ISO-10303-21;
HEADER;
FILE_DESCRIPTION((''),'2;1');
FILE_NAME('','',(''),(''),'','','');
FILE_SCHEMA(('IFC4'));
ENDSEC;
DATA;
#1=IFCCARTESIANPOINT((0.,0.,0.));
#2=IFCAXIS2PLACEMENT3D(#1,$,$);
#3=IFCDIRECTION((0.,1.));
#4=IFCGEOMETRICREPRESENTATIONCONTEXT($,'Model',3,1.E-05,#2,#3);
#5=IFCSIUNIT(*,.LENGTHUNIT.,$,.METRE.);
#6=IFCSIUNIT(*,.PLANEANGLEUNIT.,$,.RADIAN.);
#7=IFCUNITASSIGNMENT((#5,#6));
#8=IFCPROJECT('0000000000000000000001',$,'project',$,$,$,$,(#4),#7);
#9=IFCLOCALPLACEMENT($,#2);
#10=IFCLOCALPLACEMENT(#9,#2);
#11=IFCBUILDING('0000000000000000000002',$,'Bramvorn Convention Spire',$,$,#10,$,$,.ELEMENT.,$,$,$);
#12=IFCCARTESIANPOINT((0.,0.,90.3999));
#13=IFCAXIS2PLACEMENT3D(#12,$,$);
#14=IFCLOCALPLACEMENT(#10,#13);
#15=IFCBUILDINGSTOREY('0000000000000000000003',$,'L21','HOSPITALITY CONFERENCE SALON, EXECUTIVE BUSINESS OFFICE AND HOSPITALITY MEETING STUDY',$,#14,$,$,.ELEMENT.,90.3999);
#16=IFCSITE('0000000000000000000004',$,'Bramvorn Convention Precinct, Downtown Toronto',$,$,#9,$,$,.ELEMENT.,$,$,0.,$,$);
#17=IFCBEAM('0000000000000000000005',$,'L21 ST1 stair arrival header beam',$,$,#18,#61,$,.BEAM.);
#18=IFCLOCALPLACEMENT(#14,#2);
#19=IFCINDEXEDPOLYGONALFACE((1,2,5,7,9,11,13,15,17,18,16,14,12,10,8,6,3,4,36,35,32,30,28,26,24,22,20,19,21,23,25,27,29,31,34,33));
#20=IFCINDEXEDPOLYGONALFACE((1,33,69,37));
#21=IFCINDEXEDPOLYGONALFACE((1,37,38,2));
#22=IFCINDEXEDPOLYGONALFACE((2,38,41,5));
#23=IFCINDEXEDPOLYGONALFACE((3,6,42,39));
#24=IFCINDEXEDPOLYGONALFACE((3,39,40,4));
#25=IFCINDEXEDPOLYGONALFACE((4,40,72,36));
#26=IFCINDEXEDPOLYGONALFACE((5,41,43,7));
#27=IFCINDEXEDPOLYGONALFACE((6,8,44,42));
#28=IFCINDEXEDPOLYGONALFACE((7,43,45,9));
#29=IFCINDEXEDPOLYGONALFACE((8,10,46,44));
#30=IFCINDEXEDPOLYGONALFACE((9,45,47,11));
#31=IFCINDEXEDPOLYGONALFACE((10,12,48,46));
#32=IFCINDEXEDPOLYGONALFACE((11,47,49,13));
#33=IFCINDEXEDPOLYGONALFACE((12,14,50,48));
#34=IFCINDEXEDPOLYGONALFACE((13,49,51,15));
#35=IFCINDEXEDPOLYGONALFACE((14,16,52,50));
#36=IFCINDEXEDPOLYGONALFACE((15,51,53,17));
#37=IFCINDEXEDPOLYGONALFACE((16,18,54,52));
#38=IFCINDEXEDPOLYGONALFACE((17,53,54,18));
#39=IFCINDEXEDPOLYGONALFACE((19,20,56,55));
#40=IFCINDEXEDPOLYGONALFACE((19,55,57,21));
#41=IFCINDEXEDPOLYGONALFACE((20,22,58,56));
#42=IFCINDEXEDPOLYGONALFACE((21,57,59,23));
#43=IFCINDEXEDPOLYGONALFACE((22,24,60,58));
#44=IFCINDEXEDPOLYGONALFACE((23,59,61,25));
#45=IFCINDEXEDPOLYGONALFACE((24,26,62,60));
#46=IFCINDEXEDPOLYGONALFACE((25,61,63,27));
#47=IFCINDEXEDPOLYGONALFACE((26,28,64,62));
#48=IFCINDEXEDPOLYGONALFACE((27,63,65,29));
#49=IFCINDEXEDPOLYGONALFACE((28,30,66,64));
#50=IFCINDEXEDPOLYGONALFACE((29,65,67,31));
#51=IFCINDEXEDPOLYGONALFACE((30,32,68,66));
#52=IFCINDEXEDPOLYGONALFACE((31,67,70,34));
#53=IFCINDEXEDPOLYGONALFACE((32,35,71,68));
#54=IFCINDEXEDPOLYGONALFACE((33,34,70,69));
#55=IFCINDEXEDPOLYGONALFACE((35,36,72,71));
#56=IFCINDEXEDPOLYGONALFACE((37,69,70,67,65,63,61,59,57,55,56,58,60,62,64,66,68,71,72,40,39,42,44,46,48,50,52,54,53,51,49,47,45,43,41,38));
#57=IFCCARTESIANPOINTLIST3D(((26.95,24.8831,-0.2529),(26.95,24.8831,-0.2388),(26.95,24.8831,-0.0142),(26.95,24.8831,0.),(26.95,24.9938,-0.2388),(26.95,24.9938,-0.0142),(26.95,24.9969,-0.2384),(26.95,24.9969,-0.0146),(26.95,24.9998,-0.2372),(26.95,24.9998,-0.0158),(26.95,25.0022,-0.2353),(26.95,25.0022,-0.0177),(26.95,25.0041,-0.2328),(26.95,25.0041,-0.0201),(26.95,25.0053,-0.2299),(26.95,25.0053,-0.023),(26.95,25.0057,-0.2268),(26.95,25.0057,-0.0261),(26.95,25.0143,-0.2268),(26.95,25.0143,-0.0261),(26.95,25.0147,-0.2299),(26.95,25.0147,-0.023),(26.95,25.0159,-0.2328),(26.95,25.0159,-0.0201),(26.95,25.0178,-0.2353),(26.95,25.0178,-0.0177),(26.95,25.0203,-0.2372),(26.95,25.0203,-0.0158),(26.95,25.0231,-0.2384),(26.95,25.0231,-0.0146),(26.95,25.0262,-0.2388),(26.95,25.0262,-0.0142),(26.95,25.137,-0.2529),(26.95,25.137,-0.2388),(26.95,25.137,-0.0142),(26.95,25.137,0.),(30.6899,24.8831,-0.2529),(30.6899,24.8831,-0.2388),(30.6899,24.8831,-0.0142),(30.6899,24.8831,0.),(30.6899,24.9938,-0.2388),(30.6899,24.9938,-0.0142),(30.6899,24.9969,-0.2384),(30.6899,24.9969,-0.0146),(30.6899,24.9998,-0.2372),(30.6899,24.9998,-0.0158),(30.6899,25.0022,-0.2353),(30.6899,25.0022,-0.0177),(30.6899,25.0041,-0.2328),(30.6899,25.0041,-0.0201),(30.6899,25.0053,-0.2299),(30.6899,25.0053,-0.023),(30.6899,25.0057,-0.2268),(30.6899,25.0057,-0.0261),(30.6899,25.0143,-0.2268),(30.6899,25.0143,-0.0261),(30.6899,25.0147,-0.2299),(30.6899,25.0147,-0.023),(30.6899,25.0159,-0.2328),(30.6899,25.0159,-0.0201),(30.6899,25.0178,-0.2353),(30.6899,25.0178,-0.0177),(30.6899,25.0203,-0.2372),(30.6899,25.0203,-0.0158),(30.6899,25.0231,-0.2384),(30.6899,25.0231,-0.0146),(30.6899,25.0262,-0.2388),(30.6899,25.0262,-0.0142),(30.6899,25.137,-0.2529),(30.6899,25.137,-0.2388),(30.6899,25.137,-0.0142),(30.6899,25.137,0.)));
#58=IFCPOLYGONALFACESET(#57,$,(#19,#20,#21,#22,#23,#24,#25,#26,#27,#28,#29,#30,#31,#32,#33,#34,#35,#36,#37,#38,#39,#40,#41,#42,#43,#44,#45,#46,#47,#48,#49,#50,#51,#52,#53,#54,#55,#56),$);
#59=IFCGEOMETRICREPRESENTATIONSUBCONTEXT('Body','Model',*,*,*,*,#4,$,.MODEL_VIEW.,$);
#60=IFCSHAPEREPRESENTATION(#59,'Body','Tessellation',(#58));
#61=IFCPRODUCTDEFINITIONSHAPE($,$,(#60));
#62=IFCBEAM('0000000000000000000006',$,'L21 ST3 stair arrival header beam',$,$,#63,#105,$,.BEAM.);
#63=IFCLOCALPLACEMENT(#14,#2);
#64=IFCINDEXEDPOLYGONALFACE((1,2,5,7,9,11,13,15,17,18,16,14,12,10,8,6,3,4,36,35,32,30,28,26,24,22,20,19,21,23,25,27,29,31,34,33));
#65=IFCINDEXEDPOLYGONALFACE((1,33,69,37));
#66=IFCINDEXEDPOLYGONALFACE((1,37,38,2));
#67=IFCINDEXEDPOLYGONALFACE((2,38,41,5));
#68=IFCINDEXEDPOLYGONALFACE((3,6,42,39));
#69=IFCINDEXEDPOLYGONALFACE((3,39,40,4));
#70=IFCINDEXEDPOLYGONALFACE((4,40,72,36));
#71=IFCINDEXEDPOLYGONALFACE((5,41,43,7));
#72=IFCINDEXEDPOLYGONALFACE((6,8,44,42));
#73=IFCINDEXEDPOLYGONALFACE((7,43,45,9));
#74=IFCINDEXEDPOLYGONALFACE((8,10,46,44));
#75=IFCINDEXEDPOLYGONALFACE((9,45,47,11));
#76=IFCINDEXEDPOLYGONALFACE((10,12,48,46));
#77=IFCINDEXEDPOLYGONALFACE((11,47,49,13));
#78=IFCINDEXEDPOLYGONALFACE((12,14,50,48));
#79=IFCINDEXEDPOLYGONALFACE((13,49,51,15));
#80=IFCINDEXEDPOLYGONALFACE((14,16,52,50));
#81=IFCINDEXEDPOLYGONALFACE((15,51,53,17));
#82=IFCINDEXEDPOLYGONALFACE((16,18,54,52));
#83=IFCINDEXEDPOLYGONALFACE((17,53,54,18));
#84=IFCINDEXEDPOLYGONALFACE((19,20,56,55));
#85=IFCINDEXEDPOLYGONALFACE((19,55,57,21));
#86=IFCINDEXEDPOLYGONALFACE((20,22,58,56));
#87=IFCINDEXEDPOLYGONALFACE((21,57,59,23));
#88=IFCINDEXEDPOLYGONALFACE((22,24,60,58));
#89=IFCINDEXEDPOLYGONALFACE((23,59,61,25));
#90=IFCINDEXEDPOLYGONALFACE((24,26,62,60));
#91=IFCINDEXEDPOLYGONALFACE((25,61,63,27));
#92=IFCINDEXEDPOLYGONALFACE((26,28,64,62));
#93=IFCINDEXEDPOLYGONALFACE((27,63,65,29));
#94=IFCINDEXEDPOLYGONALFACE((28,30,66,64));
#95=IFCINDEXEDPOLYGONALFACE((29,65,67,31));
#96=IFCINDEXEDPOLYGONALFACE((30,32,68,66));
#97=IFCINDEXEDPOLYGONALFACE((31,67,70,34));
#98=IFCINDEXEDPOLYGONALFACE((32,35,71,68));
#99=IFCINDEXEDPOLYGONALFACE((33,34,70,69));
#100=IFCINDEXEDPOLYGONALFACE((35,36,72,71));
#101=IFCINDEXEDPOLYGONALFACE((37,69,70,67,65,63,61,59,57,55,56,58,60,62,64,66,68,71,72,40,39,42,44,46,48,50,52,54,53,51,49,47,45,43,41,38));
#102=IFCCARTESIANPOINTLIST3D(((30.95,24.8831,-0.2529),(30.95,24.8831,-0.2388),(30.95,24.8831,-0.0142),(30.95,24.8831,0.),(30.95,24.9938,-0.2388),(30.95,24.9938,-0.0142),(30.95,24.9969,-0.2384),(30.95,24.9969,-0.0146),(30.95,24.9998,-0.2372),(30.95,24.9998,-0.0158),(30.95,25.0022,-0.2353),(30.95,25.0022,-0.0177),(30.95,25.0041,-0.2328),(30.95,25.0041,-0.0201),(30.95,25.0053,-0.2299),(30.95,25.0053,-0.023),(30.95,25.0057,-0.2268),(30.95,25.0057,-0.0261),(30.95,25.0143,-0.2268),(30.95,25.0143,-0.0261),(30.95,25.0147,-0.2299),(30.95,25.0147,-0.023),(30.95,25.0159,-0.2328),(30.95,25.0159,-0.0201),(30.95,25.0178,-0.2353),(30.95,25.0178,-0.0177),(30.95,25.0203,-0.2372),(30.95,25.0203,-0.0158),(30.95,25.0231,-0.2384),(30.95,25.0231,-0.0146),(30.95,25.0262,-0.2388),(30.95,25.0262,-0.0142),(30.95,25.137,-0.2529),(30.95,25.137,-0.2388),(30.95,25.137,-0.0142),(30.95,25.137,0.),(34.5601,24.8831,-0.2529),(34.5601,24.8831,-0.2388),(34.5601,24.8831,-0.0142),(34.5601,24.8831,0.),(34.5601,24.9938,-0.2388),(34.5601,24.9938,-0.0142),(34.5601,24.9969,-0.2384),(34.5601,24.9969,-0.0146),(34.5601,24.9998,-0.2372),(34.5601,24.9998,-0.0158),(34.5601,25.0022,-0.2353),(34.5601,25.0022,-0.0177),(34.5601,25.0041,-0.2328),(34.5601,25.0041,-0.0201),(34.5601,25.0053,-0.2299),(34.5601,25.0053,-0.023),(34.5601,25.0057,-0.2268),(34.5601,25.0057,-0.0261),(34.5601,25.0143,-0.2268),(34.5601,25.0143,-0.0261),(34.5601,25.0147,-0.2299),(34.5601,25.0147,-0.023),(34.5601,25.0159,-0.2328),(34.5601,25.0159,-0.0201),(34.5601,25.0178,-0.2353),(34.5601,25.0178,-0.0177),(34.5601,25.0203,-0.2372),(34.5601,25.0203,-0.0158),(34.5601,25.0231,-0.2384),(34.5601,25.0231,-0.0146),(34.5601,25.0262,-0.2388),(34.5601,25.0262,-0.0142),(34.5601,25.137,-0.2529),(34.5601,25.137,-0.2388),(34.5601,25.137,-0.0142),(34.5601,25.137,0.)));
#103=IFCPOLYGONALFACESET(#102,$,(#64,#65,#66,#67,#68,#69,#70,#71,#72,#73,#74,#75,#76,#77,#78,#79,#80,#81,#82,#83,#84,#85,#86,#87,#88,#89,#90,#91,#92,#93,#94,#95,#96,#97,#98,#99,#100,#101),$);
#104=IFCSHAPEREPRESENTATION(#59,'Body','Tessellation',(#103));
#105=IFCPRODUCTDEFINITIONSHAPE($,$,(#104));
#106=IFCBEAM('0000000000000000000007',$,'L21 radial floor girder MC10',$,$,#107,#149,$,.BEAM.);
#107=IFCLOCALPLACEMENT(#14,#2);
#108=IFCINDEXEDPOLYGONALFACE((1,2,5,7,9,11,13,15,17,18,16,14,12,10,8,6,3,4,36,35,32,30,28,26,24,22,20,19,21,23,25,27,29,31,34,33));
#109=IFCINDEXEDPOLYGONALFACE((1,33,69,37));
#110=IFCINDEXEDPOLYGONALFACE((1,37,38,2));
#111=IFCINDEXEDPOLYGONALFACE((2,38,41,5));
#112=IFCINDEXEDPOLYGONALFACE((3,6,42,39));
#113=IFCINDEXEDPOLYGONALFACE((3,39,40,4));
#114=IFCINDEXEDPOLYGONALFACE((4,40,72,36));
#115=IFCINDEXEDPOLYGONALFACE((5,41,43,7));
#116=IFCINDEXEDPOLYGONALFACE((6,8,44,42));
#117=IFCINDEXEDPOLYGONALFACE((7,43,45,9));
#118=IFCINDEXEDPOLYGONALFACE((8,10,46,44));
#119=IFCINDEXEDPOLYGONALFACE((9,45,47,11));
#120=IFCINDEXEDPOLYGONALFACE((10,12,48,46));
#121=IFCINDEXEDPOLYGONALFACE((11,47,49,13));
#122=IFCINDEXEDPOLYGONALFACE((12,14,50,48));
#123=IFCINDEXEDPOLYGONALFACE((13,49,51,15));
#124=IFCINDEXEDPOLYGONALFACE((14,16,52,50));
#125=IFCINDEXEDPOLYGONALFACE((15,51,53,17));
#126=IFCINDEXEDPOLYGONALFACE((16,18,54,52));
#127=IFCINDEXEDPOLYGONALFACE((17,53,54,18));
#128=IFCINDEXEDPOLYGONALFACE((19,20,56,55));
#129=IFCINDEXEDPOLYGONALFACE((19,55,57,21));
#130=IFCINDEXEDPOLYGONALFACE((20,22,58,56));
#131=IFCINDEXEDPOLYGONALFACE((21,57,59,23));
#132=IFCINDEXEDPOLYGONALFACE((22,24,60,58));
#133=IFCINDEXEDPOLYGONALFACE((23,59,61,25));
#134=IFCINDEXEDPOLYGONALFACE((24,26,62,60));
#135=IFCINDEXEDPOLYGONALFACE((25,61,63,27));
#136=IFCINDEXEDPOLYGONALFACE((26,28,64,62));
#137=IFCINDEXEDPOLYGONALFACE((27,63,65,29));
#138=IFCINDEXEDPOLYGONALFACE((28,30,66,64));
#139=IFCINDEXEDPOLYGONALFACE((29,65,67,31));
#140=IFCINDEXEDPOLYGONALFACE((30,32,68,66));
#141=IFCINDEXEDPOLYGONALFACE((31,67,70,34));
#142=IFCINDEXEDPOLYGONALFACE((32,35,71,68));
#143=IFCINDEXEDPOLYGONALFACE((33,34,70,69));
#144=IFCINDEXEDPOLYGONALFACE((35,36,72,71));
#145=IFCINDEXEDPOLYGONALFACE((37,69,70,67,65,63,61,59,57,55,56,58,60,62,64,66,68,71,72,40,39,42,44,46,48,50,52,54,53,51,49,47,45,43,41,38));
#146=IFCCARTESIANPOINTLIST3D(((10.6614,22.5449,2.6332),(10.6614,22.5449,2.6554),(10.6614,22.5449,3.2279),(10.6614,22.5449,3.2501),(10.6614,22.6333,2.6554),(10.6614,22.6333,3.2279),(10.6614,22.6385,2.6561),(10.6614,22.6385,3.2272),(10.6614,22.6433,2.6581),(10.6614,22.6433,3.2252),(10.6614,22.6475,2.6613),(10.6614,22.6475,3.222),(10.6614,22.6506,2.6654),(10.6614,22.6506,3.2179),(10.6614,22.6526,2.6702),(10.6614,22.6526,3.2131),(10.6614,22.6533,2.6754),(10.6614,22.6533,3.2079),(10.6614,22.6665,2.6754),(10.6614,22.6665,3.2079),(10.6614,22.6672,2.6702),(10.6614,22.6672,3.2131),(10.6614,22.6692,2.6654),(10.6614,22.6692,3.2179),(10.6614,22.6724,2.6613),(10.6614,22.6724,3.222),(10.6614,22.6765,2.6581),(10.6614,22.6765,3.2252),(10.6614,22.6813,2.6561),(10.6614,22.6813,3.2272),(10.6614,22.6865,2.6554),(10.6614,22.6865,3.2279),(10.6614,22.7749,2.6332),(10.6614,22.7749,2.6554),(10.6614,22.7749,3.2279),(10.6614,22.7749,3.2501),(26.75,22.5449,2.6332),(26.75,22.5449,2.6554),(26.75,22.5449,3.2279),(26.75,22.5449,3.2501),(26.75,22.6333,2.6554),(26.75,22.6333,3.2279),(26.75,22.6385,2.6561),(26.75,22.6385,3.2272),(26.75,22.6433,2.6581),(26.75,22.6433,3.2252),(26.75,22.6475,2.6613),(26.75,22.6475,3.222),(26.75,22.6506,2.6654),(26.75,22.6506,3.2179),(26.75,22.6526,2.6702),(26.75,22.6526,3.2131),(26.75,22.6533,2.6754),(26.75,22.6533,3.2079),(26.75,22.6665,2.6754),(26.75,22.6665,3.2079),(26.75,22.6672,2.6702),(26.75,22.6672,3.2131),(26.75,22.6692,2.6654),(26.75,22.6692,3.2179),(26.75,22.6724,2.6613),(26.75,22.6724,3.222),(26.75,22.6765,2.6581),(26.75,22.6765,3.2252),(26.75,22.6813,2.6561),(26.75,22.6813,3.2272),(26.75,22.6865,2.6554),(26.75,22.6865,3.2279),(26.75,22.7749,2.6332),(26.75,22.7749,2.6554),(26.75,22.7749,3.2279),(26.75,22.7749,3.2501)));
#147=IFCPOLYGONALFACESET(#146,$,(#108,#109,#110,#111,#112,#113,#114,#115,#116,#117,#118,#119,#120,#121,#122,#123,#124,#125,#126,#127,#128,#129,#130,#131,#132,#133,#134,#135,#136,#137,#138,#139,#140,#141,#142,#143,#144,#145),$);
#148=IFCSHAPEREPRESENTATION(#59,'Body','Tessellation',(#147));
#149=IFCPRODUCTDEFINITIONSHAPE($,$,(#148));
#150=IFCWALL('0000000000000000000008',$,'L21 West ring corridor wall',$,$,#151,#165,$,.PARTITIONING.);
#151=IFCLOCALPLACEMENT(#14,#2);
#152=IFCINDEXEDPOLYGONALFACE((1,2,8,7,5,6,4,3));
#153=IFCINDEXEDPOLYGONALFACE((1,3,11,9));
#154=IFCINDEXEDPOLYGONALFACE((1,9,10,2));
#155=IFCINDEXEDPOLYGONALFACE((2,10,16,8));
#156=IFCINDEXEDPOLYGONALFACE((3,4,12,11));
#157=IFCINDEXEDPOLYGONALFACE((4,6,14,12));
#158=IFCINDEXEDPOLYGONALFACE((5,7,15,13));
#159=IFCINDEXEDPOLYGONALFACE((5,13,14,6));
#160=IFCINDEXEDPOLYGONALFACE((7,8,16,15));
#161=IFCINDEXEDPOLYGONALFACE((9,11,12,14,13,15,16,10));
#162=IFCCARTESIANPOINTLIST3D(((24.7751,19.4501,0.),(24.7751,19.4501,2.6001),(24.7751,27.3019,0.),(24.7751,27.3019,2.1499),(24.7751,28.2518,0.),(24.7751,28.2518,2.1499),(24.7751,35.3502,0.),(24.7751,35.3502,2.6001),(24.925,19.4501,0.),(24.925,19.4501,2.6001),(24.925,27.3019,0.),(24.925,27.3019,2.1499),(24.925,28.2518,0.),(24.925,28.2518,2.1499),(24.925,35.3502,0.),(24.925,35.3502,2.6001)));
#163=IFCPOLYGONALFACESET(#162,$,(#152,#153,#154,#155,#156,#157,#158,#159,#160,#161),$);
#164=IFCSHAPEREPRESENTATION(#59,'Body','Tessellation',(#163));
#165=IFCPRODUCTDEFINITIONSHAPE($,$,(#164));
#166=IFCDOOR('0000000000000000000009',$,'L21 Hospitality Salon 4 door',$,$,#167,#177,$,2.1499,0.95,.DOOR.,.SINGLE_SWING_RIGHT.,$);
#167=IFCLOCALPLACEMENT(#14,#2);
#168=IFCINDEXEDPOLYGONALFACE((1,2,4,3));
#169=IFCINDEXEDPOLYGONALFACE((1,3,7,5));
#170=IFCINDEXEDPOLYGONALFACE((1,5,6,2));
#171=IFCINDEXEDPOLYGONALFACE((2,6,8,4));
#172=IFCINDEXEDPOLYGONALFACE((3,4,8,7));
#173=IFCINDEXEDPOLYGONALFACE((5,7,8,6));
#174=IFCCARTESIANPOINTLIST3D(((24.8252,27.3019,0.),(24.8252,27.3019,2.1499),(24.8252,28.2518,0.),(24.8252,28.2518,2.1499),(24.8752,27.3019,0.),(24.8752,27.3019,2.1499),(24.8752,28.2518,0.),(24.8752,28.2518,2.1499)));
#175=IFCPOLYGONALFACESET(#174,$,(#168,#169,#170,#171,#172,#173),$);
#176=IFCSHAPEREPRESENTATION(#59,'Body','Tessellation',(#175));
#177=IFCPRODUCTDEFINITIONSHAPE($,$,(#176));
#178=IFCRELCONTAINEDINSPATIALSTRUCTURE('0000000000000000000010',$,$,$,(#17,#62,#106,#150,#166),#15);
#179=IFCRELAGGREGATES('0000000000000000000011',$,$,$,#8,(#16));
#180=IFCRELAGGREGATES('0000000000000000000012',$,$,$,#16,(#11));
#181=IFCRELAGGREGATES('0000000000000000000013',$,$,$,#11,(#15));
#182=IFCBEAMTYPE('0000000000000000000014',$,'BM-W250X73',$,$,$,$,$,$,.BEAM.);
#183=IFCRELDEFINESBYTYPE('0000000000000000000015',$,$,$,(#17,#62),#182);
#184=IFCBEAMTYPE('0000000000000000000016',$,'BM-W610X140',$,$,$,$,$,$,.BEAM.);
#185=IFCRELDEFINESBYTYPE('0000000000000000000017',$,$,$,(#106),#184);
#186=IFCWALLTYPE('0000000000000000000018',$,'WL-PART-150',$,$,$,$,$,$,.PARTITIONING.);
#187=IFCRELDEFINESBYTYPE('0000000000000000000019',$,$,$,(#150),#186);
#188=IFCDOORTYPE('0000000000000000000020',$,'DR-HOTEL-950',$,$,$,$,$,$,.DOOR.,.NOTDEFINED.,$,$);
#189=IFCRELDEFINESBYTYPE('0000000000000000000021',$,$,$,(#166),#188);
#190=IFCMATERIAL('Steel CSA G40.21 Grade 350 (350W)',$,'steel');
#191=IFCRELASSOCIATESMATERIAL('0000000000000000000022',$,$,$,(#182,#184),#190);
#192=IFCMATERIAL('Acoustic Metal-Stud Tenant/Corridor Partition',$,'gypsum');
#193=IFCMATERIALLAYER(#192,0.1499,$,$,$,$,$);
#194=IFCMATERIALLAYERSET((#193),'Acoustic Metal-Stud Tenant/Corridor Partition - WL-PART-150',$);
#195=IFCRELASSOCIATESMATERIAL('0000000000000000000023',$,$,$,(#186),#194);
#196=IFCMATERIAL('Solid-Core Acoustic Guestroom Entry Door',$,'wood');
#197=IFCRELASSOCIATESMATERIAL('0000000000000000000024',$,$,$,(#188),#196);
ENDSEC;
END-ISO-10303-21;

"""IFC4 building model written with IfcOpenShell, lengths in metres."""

from ifc_helpers import new_model, si_unit, direction, frame, frame_2d, origin, origin_2d, place, context, subcontext, project, spatial, rectangle, i_section, extrude, material, layer, layer_set, material_profile, profile_set, type_object, element, fill, save


model = new_model("IFC4")

# Units and contexts
model_context = context("Model", 3, precision=1e-05, world=origin(), true_north=direction((0.0, 1.0)))
body_context = subcontext(model_context, "Body", "Model", "MODEL_VIEW")
ifc_project = project(units=[si_unit("LENGTHUNIT", "METRE"), si_unit("PLANEANGLEUNIT", "RADIAN")], contexts=[model_context])

# Site, building, storey
site_placement = place(None, origin())
site = spatial("IfcSite", under=ifc_project, at=site_placement, Name="Bramvorn Convention Precinct, Downtown Toronto", CompositionType="ELEMENT", RefElevation=0.0)
building_placement = place(site_placement, origin())
building = spatial("IfcBuilding", under=site, at=building_placement, Name="Bramvorn Convention Spire", CompositionType="ELEMENT")
storey_placement = place(building_placement, frame((0.0, 0.0, 90.3999)))
storey = spatial("IfcBuildingStorey", under=building, at=storey_placement, Name="L21", Description="HOSPITALITY CONFERENCE SALON, EXECUTIVE BUSINESS OFFICE AND HOSPITALITY MEETING STUDY", CompositionType="ELEMENT", Elevation=90.3999)

# Beams
ifc_material_1 = material(Name="Steel CSA G40.21 Grade 350 (350W)", Category="steel")
ifc_material_profile_1 = material_profile(ifc_material_1, i_section(OverallWidth=0.2539, OverallDepth=0.2529, WebThickness=0.0085, FlangeThickness=0.0142, FilletRadius=0.012, at=origin_2d()))
ifc_profile_set_1 = profile_set([ifc_material_profile_1], Name="Steel CSA G40.21 Grade 350 (350W) - W250X73")
beam_type_1 = type_object("IfcBeamType", Name="BM-W250X73", PredefinedType="BEAM", material=ifc_profile_set_1)
beam_1_placement = place(storey_placement, frame((26.95, 25.01, -0.1265), z_axis=(1.0, 0.0, 0.0), x_axis=(0.0, 1.0, 0.0)))
element("IfcBeam", 1, at=beam_1_placement, inside=storey, type_object=beam_type_1, Name="L21 ST1 stair arrival header beam", PredefinedType="BEAM", context=body_context, shape_type="SweptSolid", body=[
    extrude(i_section(OverallWidth=0.2539, OverallDepth=0.2529, WebThickness=0.0085, FlangeThickness=0.0142, FilletRadius=0.012, at=origin_2d()), origin(), (0.0, 0.0, 1.0), 3.74),
])
beam_2_placement = place(storey_placement, frame((30.95, 25.01, -0.1265), z_axis=(1.0, 0.0, 0.0), x_axis=(0.0, 1.0, 0.0)))
element("IfcBeam", 2, at=beam_2_placement, inside=storey, type_object=beam_type_1, Name="L21 ST3 stair arrival header beam", PredefinedType="BEAM", context=body_context, shape_type="SweptSolid", body=[
    extrude(i_section(OverallWidth=0.2539, OverallDepth=0.2529, WebThickness=0.0085, FlangeThickness=0.0142, FilletRadius=0.012, at=origin_2d()), origin(), (0.0, 0.0, 1.0), 3.6101),
])
ifc_material_profile_2 = material_profile(ifc_material_1, i_section(OverallWidth=0.23, OverallDepth=0.6169, WebThickness=0.0132, FlangeThickness=0.0222, FilletRadius=0.02, at=origin_2d()))
ifc_profile_set_2 = profile_set([ifc_material_profile_2], Name="Steel CSA G40.21 Grade 350 (350W) - W610X140")
beam_type_2 = type_object("IfcBeamType", Name="BM-W610X140", PredefinedType="BEAM", material=ifc_profile_set_2)
beam_3_placement = place(storey_placement, frame((26.75, 22.6599, 2.9417), z_axis=(-1.0, 0.0, 0.0), x_axis=(0.0, -1.0, 0.0)))
element("IfcBeam", 3, at=beam_3_placement, inside=storey, type_object=beam_type_2, Name="L21 radial floor girder MC10", PredefinedType="BEAM", context=body_context, shape_type="SweptSolid", body=[
    extrude(i_section(OverallWidth=0.23, OverallDepth=0.6169, WebThickness=0.0132, FlangeThickness=0.0222, FilletRadius=0.02, at=origin_2d()), origin(), (0.0, 0.0, 1.0), 16.0886),
])

# Wall, opening, door
ifc_material_2 = material(Name="Acoustic Metal-Stud Tenant/Corridor Partition", Category="gypsum")
ifc_layer_1 = layer(ifc_material_2, 0.1499)
ifc_layer_set_1 = layer_set([ifc_layer_1], Name="Acoustic Metal-Stud Tenant/Corridor Partition - WL-PART-150")
wall_type_1 = type_object("IfcWallType", Name="WL-PART-150", PredefinedType="PARTITIONING", material=ifc_layer_set_1)
wall_1_placement = place(storey_placement, frame((24.8501, 19.45, 0.0), z_axis=(0.0, 0.0, 1.0), x_axis=(0.0, 1.0, 0.0)))
wall_1 = element("IfcWall", 4, at=wall_1_placement, inside=storey, type_object=wall_type_1, Name="L21 West ring corridor wall", PredefinedType="PARTITIONING", context=body_context, shape_type="SweptSolid", body=[
    extrude(rectangle(XDim=15.9001, YDim=0.1499, at=frame_2d((7.9502, 0.0))), origin(), (0.0, 0.0, 1.0), 2.6001),
])
opening_placement = place(wall_1_placement, frame((7.8518, 0.0, 0.0)))
opening = element("IfcOpeningElement", 5, at=opening_placement, cuts=wall_1, PredefinedType="OPENING", context=body_context, shape_type="SweptSolid", body=[
    extrude(rectangle(XDim=0.95, YDim=2.1499, at=frame_2d((0.4751, 1.075))), frame((0.0, 0.085, 0.0), z_axis=(0.0, -1.0, 0.0), x_axis=(1.0, 0.0, 0.0)), (0.0, 0.0, 1.0), 0.1699),
])
ifc_material_3 = material(Name="Solid-Core Acoustic Guestroom Entry Door", Category="wood")
door_type = type_object("IfcDoorType", Name="DR-HOTEL-950", OperationType="NOTDEFINED", PredefinedType="DOOR", material=ifc_material_3)
door_placement = place(opening_placement, origin())
door = element("IfcDoor", 6, at=door_placement, inside=storey, type_object=door_type, Name="L21 Hospitality Salon 4 door", OperationType="SINGLE_SWING_RIGHT", OverallHeight=2.1499, OverallWidth=0.95, PredefinedType="DOOR", context=body_context, shape_type="SweptSolid", body=[
    extrude(rectangle(XDim=0.95, YDim=2.1499, at=frame_2d((0.4751, 1.075))), frame((0.0, 0.0249, 0.0), z_axis=(0.0, -1.0, 0.0), x_axis=(1.0, 0.0, 0.0)), (0.0, 0.0, 1.0), 0.05),
])
fill(opening, door)

save(model, "model.ifc")
